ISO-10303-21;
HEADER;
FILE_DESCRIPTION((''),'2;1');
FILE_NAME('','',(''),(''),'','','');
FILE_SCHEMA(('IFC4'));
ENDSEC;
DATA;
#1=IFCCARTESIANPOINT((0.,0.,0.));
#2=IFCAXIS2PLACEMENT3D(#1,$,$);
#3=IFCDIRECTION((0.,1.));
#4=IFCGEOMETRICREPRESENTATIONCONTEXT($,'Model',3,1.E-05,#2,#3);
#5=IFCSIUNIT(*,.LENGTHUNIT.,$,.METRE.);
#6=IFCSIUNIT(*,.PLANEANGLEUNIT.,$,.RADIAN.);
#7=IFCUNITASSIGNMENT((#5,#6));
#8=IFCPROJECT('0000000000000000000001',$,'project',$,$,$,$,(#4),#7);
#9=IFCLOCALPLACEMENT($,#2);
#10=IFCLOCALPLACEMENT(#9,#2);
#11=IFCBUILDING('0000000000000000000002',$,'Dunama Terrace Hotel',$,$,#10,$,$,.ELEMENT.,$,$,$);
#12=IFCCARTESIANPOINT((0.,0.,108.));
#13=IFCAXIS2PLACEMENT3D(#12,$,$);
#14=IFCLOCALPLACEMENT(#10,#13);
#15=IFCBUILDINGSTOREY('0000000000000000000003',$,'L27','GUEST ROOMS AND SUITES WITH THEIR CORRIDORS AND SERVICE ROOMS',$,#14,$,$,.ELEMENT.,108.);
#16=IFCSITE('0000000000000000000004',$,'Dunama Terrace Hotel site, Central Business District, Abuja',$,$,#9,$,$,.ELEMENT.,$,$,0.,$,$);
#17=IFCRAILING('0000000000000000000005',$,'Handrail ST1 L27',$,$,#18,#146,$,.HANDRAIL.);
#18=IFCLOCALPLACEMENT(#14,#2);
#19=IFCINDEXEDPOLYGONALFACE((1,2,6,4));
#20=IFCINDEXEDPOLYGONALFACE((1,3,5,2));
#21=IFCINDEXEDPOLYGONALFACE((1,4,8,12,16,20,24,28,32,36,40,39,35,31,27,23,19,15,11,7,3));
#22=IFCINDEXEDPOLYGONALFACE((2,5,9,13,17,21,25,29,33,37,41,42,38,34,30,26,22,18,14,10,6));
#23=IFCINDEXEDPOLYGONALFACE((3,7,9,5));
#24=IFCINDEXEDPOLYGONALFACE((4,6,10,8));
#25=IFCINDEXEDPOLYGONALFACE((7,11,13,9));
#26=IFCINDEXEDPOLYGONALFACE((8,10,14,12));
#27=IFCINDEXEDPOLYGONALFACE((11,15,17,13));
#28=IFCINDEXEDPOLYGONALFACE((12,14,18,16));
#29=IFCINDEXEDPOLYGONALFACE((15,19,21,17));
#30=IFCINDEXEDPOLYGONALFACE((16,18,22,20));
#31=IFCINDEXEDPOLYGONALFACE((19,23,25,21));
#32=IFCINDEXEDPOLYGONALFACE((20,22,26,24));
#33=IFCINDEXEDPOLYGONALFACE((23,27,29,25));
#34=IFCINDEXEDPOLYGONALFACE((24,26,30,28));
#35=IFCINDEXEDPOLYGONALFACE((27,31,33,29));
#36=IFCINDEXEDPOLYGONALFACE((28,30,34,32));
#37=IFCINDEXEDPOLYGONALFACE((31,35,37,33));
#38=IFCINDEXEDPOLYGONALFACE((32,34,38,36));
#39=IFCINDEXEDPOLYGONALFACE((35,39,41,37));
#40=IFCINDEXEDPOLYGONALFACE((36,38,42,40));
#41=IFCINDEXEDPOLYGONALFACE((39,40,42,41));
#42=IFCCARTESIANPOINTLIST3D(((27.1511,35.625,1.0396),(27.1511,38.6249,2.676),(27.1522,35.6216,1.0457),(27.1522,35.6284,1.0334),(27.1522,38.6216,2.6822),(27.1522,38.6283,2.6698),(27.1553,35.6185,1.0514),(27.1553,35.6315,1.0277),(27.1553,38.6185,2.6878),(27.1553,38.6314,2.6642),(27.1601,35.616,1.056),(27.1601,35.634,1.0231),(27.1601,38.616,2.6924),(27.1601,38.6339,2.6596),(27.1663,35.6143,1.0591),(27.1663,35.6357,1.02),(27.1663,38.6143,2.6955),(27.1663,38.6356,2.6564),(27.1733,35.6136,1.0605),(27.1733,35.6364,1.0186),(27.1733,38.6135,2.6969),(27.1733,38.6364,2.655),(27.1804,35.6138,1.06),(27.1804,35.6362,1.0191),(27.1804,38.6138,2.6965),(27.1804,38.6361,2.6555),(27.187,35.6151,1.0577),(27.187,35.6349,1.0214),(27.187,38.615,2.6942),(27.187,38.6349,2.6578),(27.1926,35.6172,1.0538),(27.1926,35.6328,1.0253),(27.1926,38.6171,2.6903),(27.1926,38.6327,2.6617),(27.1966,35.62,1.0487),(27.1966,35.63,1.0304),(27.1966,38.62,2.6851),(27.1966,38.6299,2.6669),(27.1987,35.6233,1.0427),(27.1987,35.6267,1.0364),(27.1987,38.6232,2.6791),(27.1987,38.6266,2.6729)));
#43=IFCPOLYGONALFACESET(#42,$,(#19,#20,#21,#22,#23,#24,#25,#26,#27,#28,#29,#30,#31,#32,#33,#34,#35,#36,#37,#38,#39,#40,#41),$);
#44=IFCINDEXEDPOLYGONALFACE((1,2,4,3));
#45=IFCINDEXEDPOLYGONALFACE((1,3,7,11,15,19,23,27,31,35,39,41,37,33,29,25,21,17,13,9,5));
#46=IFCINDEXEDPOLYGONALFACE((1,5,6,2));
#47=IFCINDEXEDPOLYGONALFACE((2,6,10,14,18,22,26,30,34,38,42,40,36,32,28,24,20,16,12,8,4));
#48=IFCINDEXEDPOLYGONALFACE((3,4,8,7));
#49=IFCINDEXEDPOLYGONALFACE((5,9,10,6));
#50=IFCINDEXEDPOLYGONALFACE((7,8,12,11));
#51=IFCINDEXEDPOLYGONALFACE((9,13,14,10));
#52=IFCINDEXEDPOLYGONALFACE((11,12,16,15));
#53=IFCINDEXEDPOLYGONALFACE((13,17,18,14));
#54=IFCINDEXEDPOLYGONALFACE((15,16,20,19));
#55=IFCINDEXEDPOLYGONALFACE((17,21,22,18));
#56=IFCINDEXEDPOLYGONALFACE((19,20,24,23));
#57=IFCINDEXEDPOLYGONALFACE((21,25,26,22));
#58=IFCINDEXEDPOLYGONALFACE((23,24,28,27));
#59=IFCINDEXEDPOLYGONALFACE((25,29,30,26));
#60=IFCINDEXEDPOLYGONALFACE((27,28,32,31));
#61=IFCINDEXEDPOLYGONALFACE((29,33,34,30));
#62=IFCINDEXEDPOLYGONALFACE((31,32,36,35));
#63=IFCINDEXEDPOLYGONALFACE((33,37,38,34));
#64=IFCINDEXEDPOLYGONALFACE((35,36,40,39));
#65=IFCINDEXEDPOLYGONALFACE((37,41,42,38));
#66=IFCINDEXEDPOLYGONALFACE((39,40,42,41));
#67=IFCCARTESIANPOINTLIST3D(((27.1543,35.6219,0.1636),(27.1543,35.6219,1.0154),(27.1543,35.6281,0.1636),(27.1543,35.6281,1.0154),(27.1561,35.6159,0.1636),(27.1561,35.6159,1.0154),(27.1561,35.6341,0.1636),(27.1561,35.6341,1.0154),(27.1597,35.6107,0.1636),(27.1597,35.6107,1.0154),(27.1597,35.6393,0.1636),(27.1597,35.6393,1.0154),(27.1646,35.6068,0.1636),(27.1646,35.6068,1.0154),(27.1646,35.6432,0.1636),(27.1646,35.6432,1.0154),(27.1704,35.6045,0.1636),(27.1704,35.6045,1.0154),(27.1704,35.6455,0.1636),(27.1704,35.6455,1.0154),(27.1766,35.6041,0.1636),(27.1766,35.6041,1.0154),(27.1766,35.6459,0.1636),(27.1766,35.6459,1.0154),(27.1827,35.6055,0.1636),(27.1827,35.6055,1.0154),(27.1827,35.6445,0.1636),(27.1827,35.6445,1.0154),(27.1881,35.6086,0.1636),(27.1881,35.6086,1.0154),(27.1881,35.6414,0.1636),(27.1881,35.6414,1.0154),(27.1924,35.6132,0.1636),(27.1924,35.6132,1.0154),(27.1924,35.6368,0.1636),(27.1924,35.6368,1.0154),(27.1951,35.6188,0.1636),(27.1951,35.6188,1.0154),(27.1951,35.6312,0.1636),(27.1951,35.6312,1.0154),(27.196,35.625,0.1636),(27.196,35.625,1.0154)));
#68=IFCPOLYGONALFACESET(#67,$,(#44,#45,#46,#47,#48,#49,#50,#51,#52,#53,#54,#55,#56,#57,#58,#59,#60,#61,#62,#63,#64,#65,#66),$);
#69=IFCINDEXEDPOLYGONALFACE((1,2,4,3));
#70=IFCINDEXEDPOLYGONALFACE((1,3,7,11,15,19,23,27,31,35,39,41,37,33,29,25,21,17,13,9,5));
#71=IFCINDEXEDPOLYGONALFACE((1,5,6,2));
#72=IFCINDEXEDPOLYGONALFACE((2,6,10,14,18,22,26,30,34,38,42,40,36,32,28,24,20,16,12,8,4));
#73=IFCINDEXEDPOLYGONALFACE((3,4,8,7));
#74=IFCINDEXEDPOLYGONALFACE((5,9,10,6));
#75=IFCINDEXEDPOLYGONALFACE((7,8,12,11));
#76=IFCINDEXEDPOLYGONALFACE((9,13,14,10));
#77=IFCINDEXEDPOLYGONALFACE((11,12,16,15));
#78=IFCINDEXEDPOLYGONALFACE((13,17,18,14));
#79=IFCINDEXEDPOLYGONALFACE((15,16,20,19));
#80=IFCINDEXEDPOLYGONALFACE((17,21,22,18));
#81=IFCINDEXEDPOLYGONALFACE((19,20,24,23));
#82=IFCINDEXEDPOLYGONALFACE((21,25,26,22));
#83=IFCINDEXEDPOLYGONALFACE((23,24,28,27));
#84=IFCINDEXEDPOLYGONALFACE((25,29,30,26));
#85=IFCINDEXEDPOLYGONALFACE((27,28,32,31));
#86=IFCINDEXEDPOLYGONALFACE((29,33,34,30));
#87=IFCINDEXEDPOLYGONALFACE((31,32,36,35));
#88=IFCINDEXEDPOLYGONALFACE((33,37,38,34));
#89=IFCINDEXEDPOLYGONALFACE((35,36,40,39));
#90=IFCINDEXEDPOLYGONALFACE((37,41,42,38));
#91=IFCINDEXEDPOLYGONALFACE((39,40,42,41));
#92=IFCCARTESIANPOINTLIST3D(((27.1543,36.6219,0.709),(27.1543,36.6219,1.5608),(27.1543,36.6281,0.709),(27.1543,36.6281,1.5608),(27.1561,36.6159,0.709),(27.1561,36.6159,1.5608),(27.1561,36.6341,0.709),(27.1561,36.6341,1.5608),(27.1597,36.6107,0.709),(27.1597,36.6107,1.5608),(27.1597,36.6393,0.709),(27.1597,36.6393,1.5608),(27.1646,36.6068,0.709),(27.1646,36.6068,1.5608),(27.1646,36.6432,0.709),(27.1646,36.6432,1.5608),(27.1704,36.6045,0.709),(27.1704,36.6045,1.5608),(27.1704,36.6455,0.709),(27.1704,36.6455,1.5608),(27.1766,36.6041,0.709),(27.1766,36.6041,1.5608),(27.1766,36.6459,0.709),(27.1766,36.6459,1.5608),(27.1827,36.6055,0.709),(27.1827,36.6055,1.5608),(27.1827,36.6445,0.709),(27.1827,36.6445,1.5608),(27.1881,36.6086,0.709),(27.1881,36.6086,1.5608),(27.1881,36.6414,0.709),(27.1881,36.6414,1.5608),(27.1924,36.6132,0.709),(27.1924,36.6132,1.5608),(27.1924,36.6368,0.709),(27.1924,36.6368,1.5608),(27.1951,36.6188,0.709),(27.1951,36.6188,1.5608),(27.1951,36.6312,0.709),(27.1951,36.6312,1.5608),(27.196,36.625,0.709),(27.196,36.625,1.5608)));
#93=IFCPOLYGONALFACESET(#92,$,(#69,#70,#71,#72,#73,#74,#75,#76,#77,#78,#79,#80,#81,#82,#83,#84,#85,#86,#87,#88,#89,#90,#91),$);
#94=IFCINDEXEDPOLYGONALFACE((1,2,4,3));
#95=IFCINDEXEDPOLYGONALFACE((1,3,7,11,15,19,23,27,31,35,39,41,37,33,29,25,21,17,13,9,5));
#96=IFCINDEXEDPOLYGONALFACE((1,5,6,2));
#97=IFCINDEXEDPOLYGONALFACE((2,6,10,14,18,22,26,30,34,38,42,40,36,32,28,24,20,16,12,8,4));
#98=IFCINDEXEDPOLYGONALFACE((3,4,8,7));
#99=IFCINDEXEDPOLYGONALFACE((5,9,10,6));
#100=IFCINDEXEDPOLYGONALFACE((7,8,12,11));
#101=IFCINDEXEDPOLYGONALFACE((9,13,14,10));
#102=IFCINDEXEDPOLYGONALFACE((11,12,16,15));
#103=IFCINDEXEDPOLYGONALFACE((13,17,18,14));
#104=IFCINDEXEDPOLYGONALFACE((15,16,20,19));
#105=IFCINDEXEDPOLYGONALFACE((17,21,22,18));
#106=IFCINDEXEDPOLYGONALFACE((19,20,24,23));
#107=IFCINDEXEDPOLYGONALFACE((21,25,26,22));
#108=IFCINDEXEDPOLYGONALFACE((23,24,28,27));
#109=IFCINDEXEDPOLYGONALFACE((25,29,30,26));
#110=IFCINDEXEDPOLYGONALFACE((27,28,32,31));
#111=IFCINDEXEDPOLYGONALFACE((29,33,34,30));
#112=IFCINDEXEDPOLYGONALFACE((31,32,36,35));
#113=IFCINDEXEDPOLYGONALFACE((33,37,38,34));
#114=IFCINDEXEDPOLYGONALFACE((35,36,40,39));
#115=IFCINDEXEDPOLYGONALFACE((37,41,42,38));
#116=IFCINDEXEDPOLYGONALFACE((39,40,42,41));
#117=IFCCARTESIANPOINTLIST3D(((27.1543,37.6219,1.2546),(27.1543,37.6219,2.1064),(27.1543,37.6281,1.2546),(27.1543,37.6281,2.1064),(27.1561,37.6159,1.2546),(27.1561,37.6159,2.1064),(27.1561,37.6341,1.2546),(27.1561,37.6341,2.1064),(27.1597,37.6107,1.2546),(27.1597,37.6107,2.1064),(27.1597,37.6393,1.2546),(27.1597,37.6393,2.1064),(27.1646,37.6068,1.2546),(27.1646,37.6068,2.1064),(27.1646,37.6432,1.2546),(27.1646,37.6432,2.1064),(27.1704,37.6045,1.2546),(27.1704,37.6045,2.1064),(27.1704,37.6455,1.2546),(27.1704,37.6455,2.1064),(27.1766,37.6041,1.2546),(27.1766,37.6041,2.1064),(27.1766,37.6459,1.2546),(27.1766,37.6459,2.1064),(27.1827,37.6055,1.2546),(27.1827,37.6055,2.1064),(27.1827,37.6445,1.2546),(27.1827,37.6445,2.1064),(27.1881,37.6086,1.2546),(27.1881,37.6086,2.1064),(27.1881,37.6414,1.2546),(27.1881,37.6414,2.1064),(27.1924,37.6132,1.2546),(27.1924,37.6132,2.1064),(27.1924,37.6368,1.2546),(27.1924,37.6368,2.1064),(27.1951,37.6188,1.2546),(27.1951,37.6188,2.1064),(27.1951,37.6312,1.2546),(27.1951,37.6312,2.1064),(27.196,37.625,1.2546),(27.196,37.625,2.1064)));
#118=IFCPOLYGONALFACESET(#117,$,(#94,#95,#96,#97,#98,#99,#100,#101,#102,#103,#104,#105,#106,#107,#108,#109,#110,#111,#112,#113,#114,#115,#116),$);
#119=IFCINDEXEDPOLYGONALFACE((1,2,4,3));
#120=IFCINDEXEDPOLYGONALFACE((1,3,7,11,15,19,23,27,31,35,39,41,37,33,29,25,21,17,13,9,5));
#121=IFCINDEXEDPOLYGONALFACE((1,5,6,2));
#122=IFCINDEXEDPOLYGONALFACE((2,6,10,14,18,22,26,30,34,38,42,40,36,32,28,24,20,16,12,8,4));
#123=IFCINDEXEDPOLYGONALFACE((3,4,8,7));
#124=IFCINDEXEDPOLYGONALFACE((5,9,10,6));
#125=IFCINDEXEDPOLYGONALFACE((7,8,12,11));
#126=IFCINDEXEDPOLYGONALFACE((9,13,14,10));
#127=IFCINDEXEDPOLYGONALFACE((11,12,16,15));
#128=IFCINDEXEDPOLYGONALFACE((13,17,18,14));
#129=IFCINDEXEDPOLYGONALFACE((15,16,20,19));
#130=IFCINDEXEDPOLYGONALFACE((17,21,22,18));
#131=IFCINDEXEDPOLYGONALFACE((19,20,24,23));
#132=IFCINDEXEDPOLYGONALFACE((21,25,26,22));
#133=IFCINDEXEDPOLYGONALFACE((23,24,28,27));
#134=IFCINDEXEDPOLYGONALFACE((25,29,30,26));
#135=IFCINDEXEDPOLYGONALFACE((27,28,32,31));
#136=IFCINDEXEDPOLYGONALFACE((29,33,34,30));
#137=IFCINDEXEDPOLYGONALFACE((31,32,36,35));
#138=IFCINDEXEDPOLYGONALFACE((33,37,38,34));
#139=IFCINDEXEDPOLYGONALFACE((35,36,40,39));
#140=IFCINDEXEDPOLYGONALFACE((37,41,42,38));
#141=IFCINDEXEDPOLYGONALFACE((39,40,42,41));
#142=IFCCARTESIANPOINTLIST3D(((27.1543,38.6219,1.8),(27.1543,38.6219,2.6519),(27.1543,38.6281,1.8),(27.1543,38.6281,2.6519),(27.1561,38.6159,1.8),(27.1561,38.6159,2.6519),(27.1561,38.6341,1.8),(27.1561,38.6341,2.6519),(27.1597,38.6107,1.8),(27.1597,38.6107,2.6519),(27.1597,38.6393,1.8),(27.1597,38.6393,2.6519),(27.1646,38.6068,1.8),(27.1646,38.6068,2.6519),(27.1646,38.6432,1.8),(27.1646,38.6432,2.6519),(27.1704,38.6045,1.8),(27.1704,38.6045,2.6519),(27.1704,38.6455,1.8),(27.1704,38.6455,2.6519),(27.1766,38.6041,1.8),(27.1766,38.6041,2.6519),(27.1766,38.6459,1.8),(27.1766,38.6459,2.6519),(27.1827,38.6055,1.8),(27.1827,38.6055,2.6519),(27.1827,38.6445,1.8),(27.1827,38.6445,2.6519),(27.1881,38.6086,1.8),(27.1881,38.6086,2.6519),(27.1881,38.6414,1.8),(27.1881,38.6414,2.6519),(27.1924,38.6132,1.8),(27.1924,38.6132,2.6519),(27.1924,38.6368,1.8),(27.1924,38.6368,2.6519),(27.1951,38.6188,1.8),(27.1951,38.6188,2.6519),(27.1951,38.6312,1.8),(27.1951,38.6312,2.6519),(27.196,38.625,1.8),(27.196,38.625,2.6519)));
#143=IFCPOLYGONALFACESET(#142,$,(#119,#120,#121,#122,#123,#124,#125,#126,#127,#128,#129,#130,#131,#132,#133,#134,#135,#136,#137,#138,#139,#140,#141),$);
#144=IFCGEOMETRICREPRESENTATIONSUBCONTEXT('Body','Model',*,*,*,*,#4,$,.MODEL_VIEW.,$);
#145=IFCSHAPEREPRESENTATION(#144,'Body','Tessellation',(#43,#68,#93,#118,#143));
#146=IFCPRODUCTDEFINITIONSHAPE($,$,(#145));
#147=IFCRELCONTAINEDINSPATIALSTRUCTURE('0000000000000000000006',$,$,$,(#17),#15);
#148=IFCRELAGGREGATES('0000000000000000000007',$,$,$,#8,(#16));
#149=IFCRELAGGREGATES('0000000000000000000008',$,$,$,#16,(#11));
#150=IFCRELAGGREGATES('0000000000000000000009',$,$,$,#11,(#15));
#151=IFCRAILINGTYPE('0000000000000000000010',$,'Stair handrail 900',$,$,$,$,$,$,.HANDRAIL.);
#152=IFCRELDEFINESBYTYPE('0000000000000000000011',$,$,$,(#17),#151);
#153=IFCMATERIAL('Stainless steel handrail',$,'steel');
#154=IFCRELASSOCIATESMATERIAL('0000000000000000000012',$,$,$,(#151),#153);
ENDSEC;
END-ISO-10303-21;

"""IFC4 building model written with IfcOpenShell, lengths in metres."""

from ifc_helpers import new_model, si_unit, direction, frame, origin, origin_2d, place, context, subcontext, project, spatial, circle, extrude, material, type_object, element, save


model = new_model("IFC4")

# Units and contexts
model_context = context("Model", 3, precision=1e-05, world=origin(), true_north=direction((0.0, 1.0)))
body_context = subcontext(model_context, "Body", "Model", "MODEL_VIEW")
ifc_project = project(units=[si_unit("LENGTHUNIT", "METRE"), si_unit("PLANEANGLEUNIT", "RADIAN")], contexts=[model_context])

# Site, building, storey
site_placement = place(None, origin())
site = spatial("IfcSite", under=ifc_project, at=site_placement, Name="Dunama Terrace Hotel site, Central Business District, Abuja", CompositionType="ELEMENT", RefElevation=0.0)
building_placement = place(site_placement, origin())
building = spatial("IfcBuilding", under=site, at=building_placement, Name="Dunama Terrace Hotel", CompositionType="ELEMENT")
storey_placement = place(building_placement, frame((0.0, 0.0, 108.0)))
storey = spatial("IfcBuildingStorey", under=building, at=storey_placement, Name="L27", Description="GUEST ROOMS AND SUITES WITH THEIR CORRIDORS AND SERVICE ROOMS", CompositionType="ELEMENT", Elevation=108.0)

# Railing
ifc_material_1 = material(Name="Stainless steel handrail", Category="steel")
railing_type = type_object("IfcRailingType", Name="Stair handrail 900", PredefinedType="HANDRAIL", material=ifc_material_1)
railing_1_placement = place(storey_placement, frame((27.175, 35.625, 0.1636)))
element("IfcRailing", 1, at=railing_1_placement, inside=storey, type_object=railing_type, Name="Handrail ST1 L27", PredefinedType="HANDRAIL", context=body_context, shape_type="SweptSolid", body=[
    extrude(circle(Radius=0.0239, at=origin_2d()), frame((0.0, 0.0, 0.876), z_axis=(0.0, 0.877882, 0.478877), x_axis=(-1.0, 0.0, 0.0)), (0.0, 0.0, 1.0), 3.4172),
    extrude(circle(Radius=0.021, at=origin_2d()), origin(), (0.0, 0.0, 1.0), 0.8518),
    extrude(circle(Radius=0.021, at=origin_2d()), frame((0.0, 1.0, 0.5454)), (0.0, 0.0, 1.0), 0.8518),
    extrude(circle(Radius=0.021, at=origin_2d()), frame((0.0, 2.0, 1.0911)), (0.0, 0.0, 1.0), 0.8518),
    extrude(circle(Radius=0.021, at=origin_2d()), frame((0.0, 3.0, 1.6365)), (0.0, 0.0, 1.0), 0.8518),
])

save(model, "model.ifc")
